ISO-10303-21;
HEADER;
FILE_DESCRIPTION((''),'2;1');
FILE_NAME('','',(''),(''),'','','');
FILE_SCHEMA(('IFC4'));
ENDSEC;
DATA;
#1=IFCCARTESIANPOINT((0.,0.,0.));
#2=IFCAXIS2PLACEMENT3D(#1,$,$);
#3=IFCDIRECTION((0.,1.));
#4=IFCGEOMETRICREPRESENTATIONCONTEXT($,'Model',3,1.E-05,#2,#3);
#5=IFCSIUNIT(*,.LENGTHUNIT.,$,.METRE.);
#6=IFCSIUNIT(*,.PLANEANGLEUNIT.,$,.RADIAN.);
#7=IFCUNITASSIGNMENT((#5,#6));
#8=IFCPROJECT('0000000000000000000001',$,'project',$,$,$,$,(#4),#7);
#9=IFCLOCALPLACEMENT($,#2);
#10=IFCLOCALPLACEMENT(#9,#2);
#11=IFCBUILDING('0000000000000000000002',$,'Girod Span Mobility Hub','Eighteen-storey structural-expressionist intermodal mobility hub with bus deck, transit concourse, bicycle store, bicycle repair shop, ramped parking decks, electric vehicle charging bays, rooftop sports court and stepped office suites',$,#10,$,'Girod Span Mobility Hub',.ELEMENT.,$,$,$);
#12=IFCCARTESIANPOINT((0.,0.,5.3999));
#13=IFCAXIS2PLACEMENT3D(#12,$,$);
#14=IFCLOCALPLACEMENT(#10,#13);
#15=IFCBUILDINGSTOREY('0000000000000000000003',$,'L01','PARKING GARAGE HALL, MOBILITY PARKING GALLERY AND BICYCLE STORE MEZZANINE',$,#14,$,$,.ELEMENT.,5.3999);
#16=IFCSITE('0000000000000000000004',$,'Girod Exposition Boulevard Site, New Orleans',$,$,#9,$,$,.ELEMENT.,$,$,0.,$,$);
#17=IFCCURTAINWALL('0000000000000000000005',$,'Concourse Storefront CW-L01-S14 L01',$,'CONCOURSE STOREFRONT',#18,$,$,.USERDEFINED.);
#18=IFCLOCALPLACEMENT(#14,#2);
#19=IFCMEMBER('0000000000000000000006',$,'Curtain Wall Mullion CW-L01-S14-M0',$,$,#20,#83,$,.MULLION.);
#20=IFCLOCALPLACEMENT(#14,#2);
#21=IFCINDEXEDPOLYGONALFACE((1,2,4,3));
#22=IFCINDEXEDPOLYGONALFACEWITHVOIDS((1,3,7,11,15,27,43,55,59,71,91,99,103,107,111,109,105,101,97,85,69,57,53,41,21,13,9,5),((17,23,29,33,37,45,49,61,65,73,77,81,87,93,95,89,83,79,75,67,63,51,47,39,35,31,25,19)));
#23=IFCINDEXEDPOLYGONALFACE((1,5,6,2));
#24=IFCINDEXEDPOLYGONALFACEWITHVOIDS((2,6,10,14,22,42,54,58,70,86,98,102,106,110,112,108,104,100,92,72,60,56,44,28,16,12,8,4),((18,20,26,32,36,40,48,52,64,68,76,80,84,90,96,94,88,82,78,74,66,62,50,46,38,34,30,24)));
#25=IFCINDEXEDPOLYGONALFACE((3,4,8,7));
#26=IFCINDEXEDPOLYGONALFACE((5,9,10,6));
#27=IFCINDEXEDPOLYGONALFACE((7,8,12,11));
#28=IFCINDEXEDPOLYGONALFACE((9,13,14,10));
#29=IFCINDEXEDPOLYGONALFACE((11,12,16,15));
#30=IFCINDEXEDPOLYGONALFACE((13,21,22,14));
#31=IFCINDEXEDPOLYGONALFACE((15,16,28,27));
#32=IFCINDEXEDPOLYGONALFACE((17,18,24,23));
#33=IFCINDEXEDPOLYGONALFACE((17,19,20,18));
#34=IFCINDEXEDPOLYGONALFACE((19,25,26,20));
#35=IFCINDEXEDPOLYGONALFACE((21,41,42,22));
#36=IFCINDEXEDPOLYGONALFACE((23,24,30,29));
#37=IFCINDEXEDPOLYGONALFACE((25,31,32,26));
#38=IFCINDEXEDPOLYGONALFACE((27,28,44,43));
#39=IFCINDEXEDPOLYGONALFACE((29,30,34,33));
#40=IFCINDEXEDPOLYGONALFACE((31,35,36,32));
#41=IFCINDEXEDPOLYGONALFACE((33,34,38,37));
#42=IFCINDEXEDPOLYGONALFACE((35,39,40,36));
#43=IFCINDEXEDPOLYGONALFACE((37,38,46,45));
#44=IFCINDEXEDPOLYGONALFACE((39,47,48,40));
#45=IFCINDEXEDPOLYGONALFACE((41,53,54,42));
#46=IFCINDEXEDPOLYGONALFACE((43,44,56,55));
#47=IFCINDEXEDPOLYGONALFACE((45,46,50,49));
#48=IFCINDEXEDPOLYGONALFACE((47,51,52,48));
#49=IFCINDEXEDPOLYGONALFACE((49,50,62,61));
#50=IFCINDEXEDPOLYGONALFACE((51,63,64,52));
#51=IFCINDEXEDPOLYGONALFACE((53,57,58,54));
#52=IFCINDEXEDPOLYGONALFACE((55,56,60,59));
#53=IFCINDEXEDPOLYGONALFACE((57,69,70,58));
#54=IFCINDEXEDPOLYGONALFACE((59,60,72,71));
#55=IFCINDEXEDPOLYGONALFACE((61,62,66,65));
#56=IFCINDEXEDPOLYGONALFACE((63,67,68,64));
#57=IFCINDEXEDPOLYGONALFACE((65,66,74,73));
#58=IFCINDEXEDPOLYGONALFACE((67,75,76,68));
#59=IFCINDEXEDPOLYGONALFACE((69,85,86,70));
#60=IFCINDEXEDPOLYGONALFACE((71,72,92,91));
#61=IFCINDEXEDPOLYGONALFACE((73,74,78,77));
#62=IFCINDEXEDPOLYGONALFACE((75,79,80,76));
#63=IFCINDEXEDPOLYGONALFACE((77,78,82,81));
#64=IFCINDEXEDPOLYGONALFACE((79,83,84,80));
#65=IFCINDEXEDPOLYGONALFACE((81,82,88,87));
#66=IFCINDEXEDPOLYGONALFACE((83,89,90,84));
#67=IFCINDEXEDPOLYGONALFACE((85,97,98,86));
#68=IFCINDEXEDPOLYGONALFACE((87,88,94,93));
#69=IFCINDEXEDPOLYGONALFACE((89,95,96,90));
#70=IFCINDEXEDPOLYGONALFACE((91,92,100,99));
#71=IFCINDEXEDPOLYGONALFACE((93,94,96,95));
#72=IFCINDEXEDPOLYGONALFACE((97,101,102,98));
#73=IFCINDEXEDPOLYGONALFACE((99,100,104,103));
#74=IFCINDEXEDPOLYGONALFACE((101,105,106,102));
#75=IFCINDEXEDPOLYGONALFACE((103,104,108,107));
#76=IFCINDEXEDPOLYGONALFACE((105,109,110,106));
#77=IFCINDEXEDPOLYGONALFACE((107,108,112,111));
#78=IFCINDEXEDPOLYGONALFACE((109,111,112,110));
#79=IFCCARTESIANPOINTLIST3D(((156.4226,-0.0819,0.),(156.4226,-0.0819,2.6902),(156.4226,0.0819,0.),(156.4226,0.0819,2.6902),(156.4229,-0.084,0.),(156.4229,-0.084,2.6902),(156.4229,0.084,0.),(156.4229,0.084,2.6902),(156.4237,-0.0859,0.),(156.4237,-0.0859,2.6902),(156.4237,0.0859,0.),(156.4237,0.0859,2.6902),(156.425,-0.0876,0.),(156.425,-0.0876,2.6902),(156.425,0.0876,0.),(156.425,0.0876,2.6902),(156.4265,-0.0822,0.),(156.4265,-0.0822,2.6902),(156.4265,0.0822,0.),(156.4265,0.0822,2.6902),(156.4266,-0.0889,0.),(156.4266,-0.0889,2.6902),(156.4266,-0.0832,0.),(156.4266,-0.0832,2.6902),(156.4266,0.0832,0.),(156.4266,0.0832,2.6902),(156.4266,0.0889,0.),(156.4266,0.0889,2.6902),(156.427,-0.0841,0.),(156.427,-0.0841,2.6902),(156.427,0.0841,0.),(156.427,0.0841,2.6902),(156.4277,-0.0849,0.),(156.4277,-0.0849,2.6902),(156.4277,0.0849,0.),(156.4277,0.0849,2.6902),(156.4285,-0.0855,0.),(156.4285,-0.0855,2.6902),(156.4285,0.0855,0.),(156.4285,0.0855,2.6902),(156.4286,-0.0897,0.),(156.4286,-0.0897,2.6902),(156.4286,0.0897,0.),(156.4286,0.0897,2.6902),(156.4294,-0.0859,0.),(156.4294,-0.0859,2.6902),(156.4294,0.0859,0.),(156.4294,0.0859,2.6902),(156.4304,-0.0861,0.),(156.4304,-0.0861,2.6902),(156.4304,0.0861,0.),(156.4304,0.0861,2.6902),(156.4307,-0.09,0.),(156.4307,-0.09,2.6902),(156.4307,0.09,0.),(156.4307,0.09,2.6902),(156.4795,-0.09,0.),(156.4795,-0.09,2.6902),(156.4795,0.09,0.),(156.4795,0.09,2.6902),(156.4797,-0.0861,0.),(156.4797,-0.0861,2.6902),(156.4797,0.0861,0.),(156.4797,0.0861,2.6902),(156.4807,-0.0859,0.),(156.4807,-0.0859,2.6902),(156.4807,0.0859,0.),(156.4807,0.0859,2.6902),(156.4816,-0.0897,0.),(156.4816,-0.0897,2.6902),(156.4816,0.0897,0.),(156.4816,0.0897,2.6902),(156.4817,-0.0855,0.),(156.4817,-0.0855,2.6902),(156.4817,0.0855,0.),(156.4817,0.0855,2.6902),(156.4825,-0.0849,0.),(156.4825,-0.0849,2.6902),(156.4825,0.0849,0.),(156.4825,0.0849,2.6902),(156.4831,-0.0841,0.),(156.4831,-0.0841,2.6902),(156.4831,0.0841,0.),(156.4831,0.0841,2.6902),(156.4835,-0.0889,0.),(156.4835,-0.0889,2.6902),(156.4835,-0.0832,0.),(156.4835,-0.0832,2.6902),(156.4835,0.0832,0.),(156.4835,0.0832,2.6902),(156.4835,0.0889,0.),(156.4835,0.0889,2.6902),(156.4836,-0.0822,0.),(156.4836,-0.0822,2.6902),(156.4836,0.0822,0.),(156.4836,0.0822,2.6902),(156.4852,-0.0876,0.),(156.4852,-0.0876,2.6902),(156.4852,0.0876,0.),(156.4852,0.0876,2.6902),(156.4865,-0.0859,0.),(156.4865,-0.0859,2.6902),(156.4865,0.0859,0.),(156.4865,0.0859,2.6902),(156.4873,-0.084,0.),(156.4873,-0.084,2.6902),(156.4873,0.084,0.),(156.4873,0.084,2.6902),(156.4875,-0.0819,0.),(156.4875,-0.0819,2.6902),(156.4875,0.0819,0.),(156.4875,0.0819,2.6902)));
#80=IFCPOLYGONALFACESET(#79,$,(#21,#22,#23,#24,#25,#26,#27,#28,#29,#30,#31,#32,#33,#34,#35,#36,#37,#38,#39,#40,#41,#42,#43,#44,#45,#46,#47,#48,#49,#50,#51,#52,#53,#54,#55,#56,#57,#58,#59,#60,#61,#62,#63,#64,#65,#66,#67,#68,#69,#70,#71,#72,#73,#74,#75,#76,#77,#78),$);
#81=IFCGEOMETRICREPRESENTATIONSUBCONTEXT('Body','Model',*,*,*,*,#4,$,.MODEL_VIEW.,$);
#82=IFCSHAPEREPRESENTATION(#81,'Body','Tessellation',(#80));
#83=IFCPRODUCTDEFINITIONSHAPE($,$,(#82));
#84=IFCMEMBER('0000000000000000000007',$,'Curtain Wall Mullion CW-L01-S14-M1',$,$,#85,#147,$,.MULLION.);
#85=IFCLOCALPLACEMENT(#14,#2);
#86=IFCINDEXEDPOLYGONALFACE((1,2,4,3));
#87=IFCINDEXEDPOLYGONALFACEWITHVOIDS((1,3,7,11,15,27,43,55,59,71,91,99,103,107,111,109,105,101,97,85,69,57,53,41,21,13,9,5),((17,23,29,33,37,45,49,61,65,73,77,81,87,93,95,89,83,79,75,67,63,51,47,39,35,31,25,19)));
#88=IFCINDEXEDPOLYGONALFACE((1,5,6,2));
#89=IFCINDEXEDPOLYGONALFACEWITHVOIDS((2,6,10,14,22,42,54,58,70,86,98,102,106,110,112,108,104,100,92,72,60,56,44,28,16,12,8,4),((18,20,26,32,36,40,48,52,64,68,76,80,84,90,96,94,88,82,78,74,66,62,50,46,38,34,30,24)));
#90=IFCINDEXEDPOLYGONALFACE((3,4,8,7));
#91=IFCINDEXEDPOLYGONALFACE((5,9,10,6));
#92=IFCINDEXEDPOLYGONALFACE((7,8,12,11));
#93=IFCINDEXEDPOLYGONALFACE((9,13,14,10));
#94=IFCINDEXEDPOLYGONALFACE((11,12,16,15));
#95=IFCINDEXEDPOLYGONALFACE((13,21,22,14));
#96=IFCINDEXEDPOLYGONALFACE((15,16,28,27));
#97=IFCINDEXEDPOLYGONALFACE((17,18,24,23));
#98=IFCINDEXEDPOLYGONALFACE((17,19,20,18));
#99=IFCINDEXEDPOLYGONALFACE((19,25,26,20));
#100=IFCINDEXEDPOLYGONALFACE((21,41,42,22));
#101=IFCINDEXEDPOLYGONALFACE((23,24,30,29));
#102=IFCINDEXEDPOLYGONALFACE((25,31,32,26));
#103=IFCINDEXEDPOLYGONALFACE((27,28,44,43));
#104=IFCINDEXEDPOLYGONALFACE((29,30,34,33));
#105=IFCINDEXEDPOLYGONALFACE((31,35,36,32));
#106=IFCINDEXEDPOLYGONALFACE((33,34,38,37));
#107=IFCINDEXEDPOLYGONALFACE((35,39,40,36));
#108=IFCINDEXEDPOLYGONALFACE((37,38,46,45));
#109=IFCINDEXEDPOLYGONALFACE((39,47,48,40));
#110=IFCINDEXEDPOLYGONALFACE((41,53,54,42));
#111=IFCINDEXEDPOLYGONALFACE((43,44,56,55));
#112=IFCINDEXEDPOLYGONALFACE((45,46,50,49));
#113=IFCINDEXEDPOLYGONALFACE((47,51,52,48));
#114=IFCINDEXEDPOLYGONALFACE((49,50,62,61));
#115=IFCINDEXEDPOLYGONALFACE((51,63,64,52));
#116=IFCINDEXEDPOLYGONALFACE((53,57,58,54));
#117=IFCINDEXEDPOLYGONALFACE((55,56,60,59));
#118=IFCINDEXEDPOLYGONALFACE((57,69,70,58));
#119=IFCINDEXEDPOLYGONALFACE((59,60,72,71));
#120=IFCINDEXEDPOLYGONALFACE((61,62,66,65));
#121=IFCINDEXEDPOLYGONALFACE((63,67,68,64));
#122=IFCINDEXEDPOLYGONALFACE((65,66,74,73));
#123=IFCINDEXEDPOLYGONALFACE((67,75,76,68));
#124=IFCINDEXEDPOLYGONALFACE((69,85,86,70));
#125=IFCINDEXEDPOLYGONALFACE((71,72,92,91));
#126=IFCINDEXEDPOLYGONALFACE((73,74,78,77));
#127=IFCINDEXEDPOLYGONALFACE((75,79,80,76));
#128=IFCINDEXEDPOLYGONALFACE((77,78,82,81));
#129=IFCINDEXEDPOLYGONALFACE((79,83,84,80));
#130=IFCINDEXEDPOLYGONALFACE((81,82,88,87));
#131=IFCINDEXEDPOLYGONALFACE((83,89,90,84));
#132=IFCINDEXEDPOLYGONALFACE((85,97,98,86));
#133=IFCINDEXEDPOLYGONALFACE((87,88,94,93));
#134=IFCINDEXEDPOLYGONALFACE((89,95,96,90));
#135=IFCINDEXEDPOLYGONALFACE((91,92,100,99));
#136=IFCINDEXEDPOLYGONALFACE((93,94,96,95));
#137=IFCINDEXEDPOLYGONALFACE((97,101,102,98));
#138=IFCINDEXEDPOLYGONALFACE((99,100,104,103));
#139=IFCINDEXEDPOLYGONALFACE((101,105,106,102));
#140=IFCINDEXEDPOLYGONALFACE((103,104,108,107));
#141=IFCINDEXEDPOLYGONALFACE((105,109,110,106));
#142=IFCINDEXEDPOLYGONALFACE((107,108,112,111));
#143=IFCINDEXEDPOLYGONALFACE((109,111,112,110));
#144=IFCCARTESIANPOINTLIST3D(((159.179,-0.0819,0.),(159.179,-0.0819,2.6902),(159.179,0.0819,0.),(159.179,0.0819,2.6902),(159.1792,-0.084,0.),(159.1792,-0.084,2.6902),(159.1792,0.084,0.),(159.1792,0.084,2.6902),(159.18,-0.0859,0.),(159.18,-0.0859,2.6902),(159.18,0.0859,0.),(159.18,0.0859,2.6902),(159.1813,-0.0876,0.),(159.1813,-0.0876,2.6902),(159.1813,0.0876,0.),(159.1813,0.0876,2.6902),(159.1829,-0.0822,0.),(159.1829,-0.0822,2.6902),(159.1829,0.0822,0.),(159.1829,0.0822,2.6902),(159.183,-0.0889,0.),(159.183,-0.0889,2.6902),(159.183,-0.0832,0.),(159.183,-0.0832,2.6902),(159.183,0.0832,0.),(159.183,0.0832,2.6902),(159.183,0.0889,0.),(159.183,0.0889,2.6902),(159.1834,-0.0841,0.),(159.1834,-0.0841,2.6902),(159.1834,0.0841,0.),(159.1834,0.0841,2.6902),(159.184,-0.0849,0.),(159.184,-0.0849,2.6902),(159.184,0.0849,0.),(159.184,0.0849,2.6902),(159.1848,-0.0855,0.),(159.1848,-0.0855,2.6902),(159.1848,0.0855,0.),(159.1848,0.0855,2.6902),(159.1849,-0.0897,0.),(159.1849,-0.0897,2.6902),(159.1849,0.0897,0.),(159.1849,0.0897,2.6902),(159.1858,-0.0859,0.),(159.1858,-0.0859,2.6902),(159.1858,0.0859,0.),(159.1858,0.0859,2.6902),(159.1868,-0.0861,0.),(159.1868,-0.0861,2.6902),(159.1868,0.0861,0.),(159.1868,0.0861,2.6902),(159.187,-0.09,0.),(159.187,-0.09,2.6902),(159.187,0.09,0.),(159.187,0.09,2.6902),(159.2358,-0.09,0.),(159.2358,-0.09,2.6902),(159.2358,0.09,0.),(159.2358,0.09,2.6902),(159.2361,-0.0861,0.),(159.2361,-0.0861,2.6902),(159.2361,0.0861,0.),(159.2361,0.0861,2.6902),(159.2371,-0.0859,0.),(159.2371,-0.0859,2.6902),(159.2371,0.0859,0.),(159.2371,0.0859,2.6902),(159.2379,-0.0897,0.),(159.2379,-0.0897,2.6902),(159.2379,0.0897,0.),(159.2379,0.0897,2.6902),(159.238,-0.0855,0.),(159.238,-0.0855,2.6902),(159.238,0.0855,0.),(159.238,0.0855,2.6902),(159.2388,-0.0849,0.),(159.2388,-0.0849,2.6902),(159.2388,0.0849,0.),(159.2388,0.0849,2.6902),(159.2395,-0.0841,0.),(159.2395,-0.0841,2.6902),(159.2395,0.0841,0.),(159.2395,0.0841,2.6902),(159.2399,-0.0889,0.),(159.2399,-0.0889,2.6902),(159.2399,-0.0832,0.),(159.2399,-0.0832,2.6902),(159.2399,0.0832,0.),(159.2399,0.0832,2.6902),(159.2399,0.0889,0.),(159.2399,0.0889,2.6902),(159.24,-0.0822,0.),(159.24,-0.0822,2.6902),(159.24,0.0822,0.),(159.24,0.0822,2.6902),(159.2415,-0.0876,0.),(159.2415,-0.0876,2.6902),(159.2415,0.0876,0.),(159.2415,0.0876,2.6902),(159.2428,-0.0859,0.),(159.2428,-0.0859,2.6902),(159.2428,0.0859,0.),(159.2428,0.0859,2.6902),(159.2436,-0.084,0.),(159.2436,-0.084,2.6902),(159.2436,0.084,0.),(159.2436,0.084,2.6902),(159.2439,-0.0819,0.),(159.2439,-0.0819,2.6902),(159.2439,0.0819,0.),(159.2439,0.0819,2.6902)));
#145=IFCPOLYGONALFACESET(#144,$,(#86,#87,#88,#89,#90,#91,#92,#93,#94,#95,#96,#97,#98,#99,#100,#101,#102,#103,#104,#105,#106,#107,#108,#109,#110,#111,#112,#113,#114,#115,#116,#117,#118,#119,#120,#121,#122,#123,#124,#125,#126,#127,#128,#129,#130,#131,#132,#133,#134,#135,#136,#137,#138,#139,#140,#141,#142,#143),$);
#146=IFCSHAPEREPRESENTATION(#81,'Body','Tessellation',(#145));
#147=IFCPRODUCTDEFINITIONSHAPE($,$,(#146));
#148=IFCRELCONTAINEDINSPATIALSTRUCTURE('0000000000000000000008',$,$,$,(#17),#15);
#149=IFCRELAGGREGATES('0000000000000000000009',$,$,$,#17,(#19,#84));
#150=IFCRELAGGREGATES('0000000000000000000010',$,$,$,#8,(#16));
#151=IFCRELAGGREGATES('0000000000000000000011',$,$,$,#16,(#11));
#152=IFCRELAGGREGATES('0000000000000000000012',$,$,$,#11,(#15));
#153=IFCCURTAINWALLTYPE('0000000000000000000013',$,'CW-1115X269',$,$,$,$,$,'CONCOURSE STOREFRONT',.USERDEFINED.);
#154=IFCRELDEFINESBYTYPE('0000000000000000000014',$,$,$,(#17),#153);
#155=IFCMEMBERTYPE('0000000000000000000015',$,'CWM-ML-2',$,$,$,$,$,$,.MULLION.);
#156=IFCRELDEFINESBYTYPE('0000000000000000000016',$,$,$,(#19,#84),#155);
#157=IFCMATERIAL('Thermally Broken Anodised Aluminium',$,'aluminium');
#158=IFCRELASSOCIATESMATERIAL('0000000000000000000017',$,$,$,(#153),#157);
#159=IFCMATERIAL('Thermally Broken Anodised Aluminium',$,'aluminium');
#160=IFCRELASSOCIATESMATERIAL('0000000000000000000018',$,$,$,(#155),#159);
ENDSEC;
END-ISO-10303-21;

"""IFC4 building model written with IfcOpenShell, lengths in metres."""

from ifc_helpers import new_model, si_unit, direction, frame, origin, origin_2d, place, context, subcontext, project, spatial, hollow_rectangle, extrude, material, material_profile, profile_set, type_object, element, aggregate, save


model = new_model("IFC4")

# Units and contexts
model_context = context("Model", 3, precision=1e-05, world=origin(), true_north=direction((0.0, 1.0)))
body_context = subcontext(model_context, "Body", "Model", "MODEL_VIEW")
ifc_project = project(units=[si_unit("LENGTHUNIT", "METRE"), si_unit("PLANEANGLEUNIT", "RADIAN")], contexts=[model_context])

# Site, building, storey
site_placement = place(None, origin())
site = spatial("IfcSite", under=ifc_project, at=site_placement, Name="Girod Exposition Boulevard Site, New Orleans", CompositionType="ELEMENT", RefElevation=0.0)
building_placement = place(site_placement, origin())
building = spatial("IfcBuilding", under=site, at=building_placement, Name="Girod Span Mobility Hub", Description="Eighteen-storey structural-expressionist intermodal mobility hub with bus deck, transit concourse, bicycle store, bicycle repair shop, ramped parking decks, electric vehicle charging bays, rooftop sports court and stepped office suites", LongName="Girod Span Mobility Hub", CompositionType="ELEMENT")
storey_placement = place(building_placement, frame((0.0, 0.0, 5.3999)))
storey = spatial("IfcBuildingStorey", under=building, at=storey_placement, Name="L01", Description="PARKING GARAGE HALL, MOBILITY PARKING GALLERY AND BICYCLE STORE MEZZANINE", CompositionType="ELEMENT", Elevation=5.3999)

# Curtain wall, members
ifc_material_1 = material(Name="Thermally Broken Anodised Aluminium", Category="aluminium")
curtain_wall_type = type_object("IfcCurtainWallType", Name="CW-1115X269", ElementType="CONCOURSE STOREFRONT", PredefinedType="USERDEFINED", material=ifc_material_1)
curtain_wall_placement = place(storey_placement, origin())
curtain_wall = element("IfcCurtainWall", 1, at=curtain_wall_placement, inside=storey, type_object=curtain_wall_type, Name="Concourse Storefront CW-L01-S14 L01", ObjectType="CONCOURSE STOREFRONT", PredefinedType="USERDEFINED")
ifc_material_2 = material(Name="Thermally Broken Anodised Aluminium", Category="aluminium")
ifc_material_profile_1 = material_profile(ifc_material_2, hollow_rectangle(XDim=0.1799, YDim=0.0649, WallThickness=0.0039, InnerFilletRadius=0.0039, OuterFilletRadius=0.0081, at=origin_2d()), Name="CW-ML-65X180")
ifc_profile_set_1 = profile_set([ifc_material_profile_1], Name="Thermally Broken Anodised Aluminium")
member_type_1 = type_object("IfcMemberType", Name="CWM-ML-2", PredefinedType="MULLION", material=ifc_profile_set_1)
member_1_placement = place(storey_placement, frame((156.4551, 0.0, 0.0), z_axis=(0.0, 0.0, 1.0), x_axis=(0.0, 1.0, 0.0)))
member_1 = element("IfcMember", 2, at=member_1_placement, type_object=member_type_1, Name="Curtain Wall Mullion CW-L01-S14-M0", PredefinedType="MULLION", context=body_context, shape_type="SweptSolid", body=[
    extrude(hollow_rectangle(XDim=0.1799, YDim=0.0649, WallThickness=0.0039, InnerFilletRadius=0.0039, OuterFilletRadius=0.0081, at=origin_2d()), origin(), (0.0, 0.0, 1.0), 2.6902),
])
member_2_placement = place(storey_placement, frame((159.2114, 0.0, 0.0), z_axis=(0.0, 0.0, 1.0), x_axis=(0.0, 1.0, 0.0)))
member_2 = element("IfcMember", 3, at=member_2_placement, type_object=member_type_1, Name="Curtain Wall Mullion CW-L01-S14-M1", PredefinedType="MULLION", context=body_context, shape_type="SweptSolid", body=[
    extrude(hollow_rectangle(XDim=0.1799, YDim=0.0649, WallThickness=0.0039, InnerFilletRadius=0.0039, OuterFilletRadius=0.0081, at=origin_2d()), origin(), (0.0, 0.0, 1.0), 2.6902),
])
aggregate(curtain_wall, [member_1, member_2])

save(model, "model.ifc")
